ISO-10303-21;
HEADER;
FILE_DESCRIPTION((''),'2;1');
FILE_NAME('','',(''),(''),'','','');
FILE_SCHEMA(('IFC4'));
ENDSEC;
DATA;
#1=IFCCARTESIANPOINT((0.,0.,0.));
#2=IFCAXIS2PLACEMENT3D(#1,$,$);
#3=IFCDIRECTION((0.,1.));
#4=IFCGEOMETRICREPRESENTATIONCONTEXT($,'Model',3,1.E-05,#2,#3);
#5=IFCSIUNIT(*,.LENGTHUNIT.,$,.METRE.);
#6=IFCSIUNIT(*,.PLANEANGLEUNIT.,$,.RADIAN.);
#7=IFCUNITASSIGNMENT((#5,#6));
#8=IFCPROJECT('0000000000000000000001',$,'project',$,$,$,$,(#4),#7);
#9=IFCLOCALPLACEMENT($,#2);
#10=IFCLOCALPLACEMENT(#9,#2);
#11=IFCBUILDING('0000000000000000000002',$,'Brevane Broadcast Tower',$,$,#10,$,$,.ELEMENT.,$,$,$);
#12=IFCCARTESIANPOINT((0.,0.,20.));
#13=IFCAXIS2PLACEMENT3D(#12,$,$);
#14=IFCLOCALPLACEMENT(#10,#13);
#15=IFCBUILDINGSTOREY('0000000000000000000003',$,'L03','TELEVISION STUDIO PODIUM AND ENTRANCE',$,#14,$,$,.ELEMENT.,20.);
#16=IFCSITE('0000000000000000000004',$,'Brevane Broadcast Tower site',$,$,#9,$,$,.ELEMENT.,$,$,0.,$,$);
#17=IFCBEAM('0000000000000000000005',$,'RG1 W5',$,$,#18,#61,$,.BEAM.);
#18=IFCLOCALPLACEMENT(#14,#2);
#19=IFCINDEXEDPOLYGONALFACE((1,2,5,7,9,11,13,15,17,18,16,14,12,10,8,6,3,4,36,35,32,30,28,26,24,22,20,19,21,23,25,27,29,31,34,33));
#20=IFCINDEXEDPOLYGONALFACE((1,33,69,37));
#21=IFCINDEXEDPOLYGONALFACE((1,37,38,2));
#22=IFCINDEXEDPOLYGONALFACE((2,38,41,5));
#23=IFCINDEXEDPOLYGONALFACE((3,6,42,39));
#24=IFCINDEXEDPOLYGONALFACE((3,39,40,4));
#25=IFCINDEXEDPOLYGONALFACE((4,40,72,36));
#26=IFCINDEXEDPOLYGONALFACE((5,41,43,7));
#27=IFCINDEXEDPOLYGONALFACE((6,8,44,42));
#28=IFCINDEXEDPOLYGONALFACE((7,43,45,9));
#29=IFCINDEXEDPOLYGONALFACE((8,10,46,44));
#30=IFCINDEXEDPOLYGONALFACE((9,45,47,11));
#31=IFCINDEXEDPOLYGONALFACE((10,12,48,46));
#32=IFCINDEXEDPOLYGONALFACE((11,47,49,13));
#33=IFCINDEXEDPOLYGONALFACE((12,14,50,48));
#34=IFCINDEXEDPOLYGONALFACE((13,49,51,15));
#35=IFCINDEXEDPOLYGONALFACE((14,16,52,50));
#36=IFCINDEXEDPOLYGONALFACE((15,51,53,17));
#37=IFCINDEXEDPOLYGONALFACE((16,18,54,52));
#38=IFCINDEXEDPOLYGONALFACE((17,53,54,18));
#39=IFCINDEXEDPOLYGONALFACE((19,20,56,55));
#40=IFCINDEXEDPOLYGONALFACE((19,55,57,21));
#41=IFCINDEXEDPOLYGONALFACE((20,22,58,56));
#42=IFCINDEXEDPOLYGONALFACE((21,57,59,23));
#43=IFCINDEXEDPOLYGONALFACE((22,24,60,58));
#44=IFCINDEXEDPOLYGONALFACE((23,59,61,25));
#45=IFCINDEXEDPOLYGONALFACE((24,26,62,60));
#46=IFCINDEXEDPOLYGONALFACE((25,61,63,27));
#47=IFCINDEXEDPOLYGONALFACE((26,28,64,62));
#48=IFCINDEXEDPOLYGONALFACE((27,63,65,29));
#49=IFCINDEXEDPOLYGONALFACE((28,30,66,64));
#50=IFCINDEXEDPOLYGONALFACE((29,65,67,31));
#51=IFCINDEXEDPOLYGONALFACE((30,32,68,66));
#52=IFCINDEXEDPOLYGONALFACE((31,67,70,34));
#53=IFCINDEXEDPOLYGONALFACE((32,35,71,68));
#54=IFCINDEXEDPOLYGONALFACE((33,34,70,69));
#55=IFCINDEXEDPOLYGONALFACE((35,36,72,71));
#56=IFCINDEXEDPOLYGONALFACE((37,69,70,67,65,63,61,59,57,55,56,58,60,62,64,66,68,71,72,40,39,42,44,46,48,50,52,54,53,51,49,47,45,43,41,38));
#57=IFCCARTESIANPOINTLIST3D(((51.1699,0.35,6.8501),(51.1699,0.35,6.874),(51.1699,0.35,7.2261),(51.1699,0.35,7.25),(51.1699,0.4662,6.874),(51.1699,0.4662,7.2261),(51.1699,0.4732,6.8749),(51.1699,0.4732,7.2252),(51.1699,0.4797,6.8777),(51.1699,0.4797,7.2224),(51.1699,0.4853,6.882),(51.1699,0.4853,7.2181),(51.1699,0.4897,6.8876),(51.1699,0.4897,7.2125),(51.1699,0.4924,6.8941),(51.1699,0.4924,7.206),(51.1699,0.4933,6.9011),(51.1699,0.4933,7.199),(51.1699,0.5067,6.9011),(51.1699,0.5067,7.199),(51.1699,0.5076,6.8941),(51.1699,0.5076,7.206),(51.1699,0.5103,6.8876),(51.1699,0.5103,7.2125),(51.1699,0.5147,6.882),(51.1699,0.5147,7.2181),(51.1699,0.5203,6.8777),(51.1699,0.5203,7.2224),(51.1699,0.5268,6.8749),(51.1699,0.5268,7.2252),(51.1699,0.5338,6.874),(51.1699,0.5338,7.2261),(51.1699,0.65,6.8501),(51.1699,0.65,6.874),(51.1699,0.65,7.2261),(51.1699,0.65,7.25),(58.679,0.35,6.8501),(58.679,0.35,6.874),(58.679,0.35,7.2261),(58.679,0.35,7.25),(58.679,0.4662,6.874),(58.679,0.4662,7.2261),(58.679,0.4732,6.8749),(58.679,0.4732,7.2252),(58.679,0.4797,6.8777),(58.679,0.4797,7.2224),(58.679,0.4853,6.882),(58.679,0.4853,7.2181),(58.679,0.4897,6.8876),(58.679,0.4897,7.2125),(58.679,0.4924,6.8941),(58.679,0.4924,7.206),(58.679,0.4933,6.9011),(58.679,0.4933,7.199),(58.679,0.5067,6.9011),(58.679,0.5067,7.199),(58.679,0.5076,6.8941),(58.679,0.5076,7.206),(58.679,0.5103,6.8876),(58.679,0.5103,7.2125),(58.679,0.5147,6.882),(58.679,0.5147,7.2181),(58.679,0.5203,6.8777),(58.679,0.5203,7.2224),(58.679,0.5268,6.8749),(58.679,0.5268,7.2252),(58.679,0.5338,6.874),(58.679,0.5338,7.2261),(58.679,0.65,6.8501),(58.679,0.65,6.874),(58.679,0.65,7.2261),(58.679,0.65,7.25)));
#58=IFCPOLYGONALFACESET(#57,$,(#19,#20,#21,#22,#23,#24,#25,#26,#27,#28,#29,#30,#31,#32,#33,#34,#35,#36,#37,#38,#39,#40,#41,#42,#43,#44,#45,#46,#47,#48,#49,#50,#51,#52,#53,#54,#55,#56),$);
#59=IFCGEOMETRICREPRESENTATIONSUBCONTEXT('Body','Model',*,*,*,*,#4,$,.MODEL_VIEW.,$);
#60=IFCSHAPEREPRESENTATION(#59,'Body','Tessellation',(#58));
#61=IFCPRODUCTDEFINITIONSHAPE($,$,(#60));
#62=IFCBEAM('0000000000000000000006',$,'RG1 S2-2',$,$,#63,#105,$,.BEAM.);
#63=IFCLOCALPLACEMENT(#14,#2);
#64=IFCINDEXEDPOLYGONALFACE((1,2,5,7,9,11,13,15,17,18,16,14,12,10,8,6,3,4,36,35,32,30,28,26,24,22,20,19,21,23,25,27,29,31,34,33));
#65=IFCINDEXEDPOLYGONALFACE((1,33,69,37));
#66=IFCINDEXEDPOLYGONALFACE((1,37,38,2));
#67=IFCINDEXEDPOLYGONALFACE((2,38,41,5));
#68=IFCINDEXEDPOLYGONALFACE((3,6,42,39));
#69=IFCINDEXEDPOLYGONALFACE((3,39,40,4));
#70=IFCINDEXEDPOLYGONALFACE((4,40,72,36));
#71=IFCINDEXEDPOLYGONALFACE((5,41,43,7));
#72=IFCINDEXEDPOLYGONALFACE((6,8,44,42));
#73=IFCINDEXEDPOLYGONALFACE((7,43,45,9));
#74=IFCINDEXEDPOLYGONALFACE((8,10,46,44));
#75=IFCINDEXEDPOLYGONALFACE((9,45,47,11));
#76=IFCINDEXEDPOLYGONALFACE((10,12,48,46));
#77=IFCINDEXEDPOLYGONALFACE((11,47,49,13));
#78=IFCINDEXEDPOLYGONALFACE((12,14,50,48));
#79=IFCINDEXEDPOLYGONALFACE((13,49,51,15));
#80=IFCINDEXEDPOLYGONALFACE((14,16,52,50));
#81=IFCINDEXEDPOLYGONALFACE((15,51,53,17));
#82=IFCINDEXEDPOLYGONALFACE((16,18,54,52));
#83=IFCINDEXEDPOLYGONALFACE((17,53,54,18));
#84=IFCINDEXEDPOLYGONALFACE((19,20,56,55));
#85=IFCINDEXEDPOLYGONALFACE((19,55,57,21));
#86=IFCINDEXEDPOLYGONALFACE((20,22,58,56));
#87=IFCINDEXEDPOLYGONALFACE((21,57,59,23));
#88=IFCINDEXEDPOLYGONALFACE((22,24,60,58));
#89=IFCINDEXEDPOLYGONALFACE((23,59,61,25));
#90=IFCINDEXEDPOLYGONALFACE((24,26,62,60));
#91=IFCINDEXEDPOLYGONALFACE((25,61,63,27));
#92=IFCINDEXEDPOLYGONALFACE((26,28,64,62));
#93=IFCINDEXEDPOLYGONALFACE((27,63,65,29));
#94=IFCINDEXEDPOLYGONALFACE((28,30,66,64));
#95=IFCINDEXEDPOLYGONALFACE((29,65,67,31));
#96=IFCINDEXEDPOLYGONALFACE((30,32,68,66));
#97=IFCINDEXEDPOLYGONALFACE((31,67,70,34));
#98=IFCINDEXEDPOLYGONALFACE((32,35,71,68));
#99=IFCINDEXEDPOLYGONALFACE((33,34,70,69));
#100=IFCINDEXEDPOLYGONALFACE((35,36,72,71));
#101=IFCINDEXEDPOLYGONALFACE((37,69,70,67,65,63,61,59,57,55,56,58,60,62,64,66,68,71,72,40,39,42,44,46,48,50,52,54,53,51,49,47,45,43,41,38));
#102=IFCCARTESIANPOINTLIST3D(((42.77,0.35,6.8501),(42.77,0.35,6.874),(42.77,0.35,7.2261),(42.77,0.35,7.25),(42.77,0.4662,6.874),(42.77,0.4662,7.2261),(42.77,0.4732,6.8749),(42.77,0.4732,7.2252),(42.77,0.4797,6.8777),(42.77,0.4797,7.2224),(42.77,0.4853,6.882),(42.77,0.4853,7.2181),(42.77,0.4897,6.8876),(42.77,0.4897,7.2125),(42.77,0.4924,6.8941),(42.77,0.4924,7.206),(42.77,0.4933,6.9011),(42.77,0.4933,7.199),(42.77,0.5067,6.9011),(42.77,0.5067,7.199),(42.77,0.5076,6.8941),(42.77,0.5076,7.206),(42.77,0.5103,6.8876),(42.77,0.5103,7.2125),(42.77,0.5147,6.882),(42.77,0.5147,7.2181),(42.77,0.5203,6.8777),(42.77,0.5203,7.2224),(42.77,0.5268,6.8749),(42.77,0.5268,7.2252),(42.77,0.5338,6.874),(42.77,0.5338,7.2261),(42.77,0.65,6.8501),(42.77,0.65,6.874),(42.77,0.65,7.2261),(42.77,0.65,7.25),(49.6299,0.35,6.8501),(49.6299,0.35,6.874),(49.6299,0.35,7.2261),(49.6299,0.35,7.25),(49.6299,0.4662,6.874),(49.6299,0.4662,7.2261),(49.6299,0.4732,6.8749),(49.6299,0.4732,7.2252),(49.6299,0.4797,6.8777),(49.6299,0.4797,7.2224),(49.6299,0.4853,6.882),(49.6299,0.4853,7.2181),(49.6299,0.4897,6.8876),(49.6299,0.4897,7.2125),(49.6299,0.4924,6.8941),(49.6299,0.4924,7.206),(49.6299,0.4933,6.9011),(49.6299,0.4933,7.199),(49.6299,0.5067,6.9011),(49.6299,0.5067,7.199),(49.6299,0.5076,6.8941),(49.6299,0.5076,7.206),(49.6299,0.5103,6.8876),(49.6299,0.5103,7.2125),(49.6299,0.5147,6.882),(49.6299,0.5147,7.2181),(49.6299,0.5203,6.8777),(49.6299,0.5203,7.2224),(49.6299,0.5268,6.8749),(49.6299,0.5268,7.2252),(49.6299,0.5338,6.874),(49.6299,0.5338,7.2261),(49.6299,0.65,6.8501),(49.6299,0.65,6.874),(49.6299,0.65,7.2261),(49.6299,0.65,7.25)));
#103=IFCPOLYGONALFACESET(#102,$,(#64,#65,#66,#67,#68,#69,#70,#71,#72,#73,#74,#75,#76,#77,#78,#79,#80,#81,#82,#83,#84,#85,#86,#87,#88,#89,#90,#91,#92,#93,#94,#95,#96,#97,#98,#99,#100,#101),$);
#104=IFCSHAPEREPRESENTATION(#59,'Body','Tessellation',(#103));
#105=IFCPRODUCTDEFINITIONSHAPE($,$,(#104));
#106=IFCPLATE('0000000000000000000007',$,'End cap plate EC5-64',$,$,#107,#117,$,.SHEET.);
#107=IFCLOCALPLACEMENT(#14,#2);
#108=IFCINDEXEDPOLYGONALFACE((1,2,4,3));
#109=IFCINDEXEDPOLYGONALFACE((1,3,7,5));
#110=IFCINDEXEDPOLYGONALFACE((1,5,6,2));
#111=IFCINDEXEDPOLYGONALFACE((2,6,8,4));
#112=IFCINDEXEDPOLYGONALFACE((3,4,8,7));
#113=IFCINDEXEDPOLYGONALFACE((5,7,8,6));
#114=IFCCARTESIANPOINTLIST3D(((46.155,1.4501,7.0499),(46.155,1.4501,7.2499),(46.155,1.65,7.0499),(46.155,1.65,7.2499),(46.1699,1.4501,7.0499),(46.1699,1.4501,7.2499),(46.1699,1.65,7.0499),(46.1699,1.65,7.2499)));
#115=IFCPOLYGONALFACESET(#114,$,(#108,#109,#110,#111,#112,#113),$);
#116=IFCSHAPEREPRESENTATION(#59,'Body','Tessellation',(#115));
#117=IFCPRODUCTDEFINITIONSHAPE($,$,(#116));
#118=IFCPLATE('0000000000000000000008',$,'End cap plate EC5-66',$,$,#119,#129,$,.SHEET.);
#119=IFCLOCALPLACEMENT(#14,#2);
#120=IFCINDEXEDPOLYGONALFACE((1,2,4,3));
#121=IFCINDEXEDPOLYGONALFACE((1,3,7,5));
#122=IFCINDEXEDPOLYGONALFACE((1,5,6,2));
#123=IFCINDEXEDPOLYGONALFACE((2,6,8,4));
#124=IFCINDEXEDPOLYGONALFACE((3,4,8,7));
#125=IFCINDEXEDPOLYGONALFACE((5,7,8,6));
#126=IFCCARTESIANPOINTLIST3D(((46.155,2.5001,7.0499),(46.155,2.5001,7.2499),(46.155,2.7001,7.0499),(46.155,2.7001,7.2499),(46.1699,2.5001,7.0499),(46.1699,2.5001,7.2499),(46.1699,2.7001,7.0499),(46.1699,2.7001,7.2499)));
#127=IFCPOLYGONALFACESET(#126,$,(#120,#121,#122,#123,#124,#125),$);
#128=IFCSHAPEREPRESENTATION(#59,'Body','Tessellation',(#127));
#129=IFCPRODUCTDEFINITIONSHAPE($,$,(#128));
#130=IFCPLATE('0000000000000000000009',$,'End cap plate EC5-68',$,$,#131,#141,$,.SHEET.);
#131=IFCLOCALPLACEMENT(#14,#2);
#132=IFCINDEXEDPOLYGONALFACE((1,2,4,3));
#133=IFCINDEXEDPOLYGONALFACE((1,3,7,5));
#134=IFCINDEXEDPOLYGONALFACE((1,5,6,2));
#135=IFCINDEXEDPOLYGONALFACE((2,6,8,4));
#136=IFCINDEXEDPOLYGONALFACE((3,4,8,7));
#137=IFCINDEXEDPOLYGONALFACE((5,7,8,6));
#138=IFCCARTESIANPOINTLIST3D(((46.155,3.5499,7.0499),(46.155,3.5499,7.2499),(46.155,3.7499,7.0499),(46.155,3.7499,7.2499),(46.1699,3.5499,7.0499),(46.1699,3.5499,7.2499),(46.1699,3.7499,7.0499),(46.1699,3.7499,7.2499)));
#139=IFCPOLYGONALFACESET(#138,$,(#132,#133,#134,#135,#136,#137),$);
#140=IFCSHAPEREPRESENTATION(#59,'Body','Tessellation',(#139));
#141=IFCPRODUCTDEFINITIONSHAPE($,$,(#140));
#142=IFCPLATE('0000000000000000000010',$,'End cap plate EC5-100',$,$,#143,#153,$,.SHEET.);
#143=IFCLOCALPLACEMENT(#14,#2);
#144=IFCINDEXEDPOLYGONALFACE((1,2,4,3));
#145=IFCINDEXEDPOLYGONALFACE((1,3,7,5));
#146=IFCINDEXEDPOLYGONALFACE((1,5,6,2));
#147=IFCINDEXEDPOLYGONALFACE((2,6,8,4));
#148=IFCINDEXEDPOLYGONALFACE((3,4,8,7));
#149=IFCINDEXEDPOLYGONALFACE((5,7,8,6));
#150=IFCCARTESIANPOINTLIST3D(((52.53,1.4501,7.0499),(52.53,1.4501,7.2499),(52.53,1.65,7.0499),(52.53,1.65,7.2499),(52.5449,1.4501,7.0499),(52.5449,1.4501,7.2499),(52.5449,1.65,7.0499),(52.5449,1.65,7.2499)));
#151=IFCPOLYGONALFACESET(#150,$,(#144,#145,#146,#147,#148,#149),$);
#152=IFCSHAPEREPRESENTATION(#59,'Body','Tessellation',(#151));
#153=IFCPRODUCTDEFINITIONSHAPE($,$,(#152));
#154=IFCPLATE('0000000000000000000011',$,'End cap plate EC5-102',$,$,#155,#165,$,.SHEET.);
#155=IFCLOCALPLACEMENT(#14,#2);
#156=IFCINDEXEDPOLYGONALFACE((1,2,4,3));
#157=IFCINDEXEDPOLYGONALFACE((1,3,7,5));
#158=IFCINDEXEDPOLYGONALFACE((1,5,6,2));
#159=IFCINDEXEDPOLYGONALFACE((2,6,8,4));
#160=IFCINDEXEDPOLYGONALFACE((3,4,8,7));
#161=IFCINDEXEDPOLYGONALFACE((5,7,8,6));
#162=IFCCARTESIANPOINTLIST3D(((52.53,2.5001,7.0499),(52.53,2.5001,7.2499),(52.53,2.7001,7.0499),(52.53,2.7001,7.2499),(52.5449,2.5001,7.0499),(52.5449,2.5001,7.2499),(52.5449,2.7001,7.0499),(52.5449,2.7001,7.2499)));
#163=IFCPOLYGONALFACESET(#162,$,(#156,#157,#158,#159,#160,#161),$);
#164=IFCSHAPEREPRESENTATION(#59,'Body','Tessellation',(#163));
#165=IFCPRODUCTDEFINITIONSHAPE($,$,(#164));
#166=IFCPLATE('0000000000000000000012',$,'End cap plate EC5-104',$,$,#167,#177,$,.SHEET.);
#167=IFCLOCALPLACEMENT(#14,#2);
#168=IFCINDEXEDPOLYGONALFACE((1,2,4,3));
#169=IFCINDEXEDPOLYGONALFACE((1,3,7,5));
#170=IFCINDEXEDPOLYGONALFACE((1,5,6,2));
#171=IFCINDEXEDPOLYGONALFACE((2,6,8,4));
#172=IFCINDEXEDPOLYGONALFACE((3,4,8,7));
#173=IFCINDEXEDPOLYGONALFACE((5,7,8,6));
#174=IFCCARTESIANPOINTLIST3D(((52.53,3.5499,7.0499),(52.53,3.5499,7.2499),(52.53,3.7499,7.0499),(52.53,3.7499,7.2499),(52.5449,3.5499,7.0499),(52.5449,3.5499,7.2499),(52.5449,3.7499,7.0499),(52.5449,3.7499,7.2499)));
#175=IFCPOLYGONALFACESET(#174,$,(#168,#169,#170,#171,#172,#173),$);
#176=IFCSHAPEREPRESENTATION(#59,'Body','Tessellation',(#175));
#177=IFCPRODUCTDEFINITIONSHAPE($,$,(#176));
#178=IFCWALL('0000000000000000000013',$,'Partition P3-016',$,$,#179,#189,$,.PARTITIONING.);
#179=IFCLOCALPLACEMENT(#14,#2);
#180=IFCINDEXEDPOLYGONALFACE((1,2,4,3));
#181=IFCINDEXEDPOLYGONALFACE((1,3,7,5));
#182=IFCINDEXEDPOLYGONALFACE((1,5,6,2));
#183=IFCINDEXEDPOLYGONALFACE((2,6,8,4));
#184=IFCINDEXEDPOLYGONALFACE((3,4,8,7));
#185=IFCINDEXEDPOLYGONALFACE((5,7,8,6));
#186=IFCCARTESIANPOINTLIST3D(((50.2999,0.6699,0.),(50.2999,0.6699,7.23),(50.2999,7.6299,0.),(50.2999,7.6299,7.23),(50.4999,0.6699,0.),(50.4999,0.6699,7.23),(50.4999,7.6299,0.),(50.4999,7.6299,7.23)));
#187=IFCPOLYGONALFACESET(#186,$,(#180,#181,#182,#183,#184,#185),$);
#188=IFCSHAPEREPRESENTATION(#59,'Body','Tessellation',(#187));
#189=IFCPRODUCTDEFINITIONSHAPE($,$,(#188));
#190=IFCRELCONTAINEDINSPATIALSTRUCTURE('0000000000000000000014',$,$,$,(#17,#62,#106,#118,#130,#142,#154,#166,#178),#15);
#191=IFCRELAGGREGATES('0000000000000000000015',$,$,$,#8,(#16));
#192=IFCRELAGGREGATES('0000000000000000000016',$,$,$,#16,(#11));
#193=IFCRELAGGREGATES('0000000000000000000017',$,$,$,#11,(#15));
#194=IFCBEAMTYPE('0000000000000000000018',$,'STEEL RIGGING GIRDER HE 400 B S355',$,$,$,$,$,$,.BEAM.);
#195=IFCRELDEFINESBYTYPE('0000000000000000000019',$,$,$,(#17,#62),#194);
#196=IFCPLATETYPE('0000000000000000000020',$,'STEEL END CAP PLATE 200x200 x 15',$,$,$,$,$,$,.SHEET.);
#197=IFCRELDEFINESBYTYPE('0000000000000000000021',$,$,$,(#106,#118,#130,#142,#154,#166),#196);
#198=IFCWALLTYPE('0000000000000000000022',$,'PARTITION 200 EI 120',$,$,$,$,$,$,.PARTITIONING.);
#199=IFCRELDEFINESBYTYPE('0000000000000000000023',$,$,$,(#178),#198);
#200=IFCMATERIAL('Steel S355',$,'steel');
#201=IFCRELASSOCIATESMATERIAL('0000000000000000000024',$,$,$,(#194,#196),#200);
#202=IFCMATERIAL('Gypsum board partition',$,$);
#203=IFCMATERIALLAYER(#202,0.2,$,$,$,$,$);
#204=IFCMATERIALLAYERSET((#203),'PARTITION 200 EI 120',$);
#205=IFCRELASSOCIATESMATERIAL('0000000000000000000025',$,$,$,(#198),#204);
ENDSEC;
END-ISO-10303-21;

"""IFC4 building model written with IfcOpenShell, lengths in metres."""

from ifc_helpers import new_model, si_unit, direction, frame, frame_2d, origin, origin_2d, place, context, subcontext, project, spatial, rectangle, i_section, extrude, material, layer, layer_set, material_profile, profile_set, type_object, element, save


model = new_model("IFC4")

# Units and contexts
model_context = context("Model", 3, precision=1e-05, world=origin(), true_north=direction((0.0, 1.0)))
body_context = subcontext(model_context, "Body", "Model", "MODEL_VIEW")
ifc_project = project(units=[si_unit("LENGTHUNIT", "METRE"), si_unit("PLANEANGLEUNIT", "RADIAN")], contexts=[model_context])

# Site, building, storey
site_placement = place(None, origin())
site = spatial("IfcSite", under=ifc_project, at=site_placement, Name="Brevane Broadcast Tower site", CompositionType="ELEMENT", RefElevation=0.0)
building_placement = place(site_placement, origin())
building = spatial("IfcBuilding", under=site, at=building_placement, Name="Brevane Broadcast Tower", CompositionType="ELEMENT")
storey_placement = place(building_placement, frame((0.0, 0.0, 20.0)))
storey = spatial("IfcBuildingStorey", under=building, at=storey_placement, Name="L03", Description="TELEVISION STUDIO PODIUM AND ENTRANCE", CompositionType="ELEMENT", Elevation=20.0)

# Beams
ifc_material_1 = material(Name="Steel S355", Category="steel")
ifc_material_profile_1 = material_profile(ifc_material_1, i_section(OverallWidth=0.3, OverallDepth=0.3999, WebThickness=0.0134, FlangeThickness=0.0239, FilletRadius=0.0271, at=origin_2d()), Name="HE 400 B")
ifc_profile_set_1 = profile_set([ifc_material_profile_1], Name="Steel S355")
beam_type_1 = type_object("IfcBeamType", Name="STEEL RIGGING GIRDER HE 400 B S355", PredefinedType="BEAM", material=ifc_profile_set_1)
beam_1_placement = place(storey_placement, frame((51.1699, 0.5, 7.05), z_axis=(1.0, 0.0, 0.0), x_axis=(0.0, 1.0, 0.0)))
element("IfcBeam", 1, at=beam_1_placement, inside=storey, type_object=beam_type_1, Name="RG1 W5", PredefinedType="BEAM", context=body_context, shape_type="SweptSolid", body=[
    extrude(i_section(OverallWidth=0.3, OverallDepth=0.3999, WebThickness=0.0134, FlangeThickness=0.0239, FilletRadius=0.0271, at=origin_2d()), origin(), (0.0, 0.0, 1.0), 7.509),
])
beam_2_placement = place(storey_placement, frame((42.77, 0.5, 7.05), z_axis=(1.0, 0.0, 0.0), x_axis=(0.0, 1.0, 0.0)))
element("IfcBeam", 2, at=beam_2_placement, inside=storey, type_object=beam_type_1, Name="RG1 S2-2", PredefinedType="BEAM", context=body_context, shape_type="SweptSolid", body=[
    extrude(i_section(OverallWidth=0.3, OverallDepth=0.3999, WebThickness=0.0134, FlangeThickness=0.0239, FilletRadius=0.0271, at=origin_2d()), origin(), (0.0, 0.0, 1.0), 6.8599),
])

# Plates
ifc_material_profile_2 = material_profile(ifc_material_1, rectangle(XDim=0.2, YDim=0.2, at=origin_2d()), Name="PL 200x200 x 15")
ifc_profile_set_2 = profile_set([ifc_material_profile_2], Name="Steel S355")
plate_type = type_object("IfcPlateType", Name="STEEL END CAP PLATE 200x200 x 15", PredefinedType="SHEET", material=ifc_profile_set_2)
for number, where, z_axis, x_axis, name in (
    (3, (46.155, 1.55, 7.1499), (1.0, 0.0, 0.0), (0.0, 1.0, 0.0), "End cap plate EC5-64"),
    (4, (46.155, 2.6001, 7.1499), (1.0, 0.0, 0.0), (0.0, 1.0, 0.0), "End cap plate EC5-66"),
    (5, (46.155, 3.6499, 7.1499), (1.0, 0.0, 0.0), (0.0, 1.0, 0.0), "End cap plate EC5-68"),
    (6, (52.53, 1.55, 7.1499), (1.0, 0.0, 0.0), (0.0, 1.0, 0.0), "End cap plate EC5-100"),
    (7, (52.53, 2.6001, 7.1499), (1.0, 0.0, 0.0), (0.0, 1.0, 0.0), "End cap plate EC5-102"),
    (8, (52.53, 3.6499, 7.1499), (1.0, 0.0, 0.0), (0.0, 1.0, 0.0), "End cap plate EC5-104"),
):
    element("IfcPlate", number, at=place(storey_placement, frame(where, z_axis=z_axis, x_axis=x_axis)), inside=storey, type_object=plate_type, Name=name, PredefinedType="SHEET", context=body_context, shape_type="SweptSolid", body=[
        extrude(rectangle(XDim=0.2, YDim=0.2, at=origin_2d()), origin(), (0.0, 0.0, 1.0), 0.0149),
    ])

# Wall
ifc_material_2 = material(Name="Gypsum board partition")
ifc_layer = layer(ifc_material_2, 0.2)
ifc_layer_set = layer_set([ifc_layer], Name="PARTITION 200 EI 120")
wall_type = type_object("IfcWallType", Name="PARTITION 200 EI 120", PredefinedType="PARTITIONING", material=ifc_layer_set)
wall_placement = place(storey_placement, frame((50.3999, 0.6699, 0.0), z_axis=(0.0, 0.0, 1.0), x_axis=(0.0, 1.0, 0.0)))
element("IfcWall", 9, at=wall_placement, inside=storey, type_object=wall_type, Name="Partition P3-016", PredefinedType="PARTITIONING", context=body_context, shape_type="SweptSolid", body=[
    extrude(rectangle(XDim=6.96, YDim=0.2, at=frame_2d((3.48, 0.0))), origin(), (0.0, 0.0, 1.0), 7.23),
])

save(model, "model.ifc")
